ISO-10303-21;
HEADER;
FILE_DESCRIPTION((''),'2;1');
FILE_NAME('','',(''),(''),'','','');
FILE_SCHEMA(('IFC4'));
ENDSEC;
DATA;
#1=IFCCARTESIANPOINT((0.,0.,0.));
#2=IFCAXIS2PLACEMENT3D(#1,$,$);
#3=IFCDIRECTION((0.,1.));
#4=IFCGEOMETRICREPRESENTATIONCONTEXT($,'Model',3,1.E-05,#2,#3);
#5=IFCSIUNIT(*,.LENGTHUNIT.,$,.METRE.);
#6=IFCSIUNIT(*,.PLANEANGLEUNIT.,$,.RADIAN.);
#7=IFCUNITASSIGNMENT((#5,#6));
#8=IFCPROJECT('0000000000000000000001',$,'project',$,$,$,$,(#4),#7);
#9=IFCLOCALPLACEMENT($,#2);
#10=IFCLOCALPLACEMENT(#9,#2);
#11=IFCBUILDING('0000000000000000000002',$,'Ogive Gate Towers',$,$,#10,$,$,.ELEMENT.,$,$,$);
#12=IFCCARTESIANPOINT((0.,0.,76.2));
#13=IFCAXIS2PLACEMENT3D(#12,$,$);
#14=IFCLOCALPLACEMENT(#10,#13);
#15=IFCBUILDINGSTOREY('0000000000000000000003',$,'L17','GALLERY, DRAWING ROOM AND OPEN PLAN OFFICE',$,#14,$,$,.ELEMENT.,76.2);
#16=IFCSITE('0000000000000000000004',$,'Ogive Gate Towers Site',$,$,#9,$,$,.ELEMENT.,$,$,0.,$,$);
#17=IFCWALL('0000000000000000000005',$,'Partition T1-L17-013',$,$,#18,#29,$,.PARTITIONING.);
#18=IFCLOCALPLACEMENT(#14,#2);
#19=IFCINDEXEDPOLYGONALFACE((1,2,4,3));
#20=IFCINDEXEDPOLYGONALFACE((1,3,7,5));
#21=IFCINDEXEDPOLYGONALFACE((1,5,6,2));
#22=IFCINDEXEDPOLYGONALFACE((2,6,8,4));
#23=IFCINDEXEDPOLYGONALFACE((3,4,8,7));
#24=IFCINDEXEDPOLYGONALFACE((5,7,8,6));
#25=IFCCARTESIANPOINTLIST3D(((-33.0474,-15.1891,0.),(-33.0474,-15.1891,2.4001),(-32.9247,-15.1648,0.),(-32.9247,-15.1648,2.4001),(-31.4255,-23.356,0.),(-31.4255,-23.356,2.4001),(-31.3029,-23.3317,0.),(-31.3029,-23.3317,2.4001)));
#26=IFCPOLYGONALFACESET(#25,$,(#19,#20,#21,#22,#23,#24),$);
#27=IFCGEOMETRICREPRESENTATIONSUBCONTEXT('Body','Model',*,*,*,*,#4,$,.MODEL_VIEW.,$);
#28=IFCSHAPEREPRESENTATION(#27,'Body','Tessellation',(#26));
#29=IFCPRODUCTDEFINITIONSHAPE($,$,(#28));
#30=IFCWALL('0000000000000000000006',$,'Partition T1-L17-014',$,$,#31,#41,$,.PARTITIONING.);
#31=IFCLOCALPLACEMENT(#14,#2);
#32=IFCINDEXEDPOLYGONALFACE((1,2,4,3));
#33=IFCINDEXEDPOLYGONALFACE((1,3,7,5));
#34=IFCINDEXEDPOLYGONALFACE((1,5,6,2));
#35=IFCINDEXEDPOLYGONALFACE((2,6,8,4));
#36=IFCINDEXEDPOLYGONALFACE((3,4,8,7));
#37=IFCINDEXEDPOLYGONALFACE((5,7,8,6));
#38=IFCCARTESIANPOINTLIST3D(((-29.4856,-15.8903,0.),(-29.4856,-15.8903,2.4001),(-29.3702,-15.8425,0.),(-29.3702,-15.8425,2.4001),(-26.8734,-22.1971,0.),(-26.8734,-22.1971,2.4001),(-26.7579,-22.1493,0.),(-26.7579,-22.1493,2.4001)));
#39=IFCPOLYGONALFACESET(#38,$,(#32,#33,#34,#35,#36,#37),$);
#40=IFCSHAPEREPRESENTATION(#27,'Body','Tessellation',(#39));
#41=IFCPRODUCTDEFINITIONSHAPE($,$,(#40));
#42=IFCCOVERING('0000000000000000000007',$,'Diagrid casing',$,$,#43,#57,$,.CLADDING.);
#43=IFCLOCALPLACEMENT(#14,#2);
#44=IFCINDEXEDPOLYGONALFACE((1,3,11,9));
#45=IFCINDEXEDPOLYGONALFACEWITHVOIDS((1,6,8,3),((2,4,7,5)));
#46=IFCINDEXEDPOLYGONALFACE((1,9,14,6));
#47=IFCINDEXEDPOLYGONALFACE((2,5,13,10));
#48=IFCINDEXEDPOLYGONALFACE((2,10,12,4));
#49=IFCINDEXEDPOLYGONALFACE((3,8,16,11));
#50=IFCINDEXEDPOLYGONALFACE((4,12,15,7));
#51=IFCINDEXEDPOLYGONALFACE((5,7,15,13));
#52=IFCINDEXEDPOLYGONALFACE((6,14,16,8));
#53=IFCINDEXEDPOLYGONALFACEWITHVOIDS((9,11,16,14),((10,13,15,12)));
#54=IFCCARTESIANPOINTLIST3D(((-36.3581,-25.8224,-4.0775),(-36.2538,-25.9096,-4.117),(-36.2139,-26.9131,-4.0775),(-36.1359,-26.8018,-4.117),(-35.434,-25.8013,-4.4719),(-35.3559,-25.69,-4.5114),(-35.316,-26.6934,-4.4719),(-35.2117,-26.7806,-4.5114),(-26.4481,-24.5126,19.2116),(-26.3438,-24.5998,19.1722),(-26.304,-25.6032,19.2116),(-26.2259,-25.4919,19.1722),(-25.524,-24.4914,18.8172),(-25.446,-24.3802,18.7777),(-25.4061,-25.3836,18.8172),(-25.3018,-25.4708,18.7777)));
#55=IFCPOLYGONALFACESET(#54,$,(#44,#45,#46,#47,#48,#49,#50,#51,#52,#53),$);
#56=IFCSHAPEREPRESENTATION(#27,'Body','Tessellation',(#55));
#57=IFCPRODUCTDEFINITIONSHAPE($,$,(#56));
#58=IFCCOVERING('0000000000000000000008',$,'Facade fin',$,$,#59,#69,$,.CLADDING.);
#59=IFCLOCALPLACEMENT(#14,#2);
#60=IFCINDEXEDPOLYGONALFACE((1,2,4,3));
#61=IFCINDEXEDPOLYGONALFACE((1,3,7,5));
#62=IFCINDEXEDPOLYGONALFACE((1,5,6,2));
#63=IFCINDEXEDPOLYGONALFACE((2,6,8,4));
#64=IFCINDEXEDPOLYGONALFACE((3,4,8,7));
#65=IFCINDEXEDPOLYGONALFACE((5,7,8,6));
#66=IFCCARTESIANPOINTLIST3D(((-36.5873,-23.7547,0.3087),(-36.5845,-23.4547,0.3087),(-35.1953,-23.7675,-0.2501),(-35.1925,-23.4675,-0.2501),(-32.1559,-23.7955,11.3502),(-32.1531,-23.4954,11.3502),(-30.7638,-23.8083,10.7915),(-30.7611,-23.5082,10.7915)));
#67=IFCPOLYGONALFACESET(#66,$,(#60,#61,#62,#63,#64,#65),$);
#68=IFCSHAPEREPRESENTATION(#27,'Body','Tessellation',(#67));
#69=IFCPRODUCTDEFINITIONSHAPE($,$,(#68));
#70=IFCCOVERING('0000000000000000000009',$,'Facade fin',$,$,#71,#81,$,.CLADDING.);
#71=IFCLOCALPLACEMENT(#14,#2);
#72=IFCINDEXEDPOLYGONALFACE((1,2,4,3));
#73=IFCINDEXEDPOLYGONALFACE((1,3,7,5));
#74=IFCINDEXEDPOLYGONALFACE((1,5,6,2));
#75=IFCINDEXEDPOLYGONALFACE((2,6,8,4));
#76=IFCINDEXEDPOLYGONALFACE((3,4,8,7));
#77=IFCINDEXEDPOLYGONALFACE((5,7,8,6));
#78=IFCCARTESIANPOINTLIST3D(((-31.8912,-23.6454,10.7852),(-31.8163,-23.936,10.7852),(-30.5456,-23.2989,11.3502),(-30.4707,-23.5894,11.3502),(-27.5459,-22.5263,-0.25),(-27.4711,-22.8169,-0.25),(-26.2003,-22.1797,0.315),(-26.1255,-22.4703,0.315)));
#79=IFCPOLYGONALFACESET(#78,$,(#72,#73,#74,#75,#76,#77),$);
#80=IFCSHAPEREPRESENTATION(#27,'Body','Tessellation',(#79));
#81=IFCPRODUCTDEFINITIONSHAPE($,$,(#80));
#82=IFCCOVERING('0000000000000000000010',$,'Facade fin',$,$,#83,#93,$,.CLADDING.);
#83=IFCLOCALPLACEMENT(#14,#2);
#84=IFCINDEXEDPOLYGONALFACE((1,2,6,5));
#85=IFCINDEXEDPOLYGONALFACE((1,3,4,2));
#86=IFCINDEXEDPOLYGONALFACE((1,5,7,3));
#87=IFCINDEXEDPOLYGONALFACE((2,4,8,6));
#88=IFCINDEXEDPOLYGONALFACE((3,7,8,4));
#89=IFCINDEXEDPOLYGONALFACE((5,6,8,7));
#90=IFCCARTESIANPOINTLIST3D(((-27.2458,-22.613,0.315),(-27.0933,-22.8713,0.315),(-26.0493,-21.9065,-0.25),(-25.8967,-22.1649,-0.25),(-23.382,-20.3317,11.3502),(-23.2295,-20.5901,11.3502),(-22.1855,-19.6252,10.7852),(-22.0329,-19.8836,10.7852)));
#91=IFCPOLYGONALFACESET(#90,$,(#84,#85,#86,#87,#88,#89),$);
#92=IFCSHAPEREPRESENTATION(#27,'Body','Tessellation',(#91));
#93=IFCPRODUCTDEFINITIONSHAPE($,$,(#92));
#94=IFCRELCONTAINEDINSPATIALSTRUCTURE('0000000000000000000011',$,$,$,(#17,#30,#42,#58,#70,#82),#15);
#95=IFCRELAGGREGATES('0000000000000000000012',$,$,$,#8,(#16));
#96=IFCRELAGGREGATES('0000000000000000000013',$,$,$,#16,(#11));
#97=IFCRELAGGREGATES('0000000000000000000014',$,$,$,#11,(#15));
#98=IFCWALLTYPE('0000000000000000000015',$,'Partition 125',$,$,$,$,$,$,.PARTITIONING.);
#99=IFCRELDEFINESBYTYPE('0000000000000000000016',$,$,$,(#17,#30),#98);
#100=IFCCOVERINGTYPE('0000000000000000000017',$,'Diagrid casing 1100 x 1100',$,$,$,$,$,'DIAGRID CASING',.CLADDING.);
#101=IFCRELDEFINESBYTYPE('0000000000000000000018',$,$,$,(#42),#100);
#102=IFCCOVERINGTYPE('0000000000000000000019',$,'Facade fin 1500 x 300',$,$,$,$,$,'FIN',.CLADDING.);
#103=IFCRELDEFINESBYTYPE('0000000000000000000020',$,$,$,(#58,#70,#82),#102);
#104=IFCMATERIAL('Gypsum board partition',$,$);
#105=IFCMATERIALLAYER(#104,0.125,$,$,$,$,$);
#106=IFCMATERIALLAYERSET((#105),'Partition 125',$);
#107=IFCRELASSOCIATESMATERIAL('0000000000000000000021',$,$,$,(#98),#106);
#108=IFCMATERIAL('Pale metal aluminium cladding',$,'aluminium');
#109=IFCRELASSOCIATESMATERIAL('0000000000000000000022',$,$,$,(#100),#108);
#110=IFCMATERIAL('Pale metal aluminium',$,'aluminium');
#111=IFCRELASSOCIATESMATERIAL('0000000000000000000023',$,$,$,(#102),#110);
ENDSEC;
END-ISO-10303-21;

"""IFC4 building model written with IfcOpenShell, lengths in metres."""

from ifc_helpers import new_model, si_unit, direction, frame, frame_2d, origin, origin_2d, place, context, subcontext, project, spatial, rectangle, hollow_rectangle, extrude, material, layer, layer_set, material_profile, profile_set, type_object, element, save


model = new_model("IFC4")

# Units and contexts
model_context = context("Model", 3, precision=1e-05, world=origin(), true_north=direction((0.0, 1.0)))
body_context = subcontext(model_context, "Body", "Model", "MODEL_VIEW")
ifc_project = project(units=[si_unit("LENGTHUNIT", "METRE"), si_unit("PLANEANGLEUNIT", "RADIAN")], contexts=[model_context])

# Site, building, storey
site_placement = place(None, origin())
site = spatial("IfcSite", under=ifc_project, at=site_placement, Name="Ogive Gate Towers Site", CompositionType="ELEMENT", RefElevation=0.0)
building_placement = place(site_placement, origin())
building = spatial("IfcBuilding", under=site, at=building_placement, Name="Ogive Gate Towers", CompositionType="ELEMENT")
storey_placement = place(building_placement, frame((0.0, 0.0, 76.2)))
storey = spatial("IfcBuildingStorey", under=building, at=storey_placement, Name="L17", Description="GALLERY, DRAWING ROOM AND OPEN PLAN OFFICE", CompositionType="ELEMENT", Elevation=76.2)

# Shared definitions
ifc_material_1 = material(Name="Pale metal aluminium", Category="aluminium")

# Walls
ifc_material_2 = material(Name="Gypsum board partition")
ifc_layer_1 = layer(ifc_material_2, 0.125)
ifc_layer_set_1 = layer_set([ifc_layer_1], Name="Partition 125")
wall_type = type_object("IfcWallType", Name="Partition 125", PredefinedType="PARTITIONING", material=ifc_layer_set_1)
wall_1_placement = place(storey_placement, frame((-31.3643, -23.3438, 0.0), z_axis=(0.0, 0.0, 1.0), x_axis=(-0.19478, 0.980847, 0.0)))
element("IfcWall", 1, at=wall_1_placement, inside=storey, type_object=wall_type, Name="Partition T1-L17-013", PredefinedType="PARTITIONING", context=body_context, shape_type="SweptSolid", body=[
    extrude(rectangle(XDim=8.3264, YDim=0.125, at=frame_2d((4.1631, 0.0))), origin(), (0.0, 0.0, 1.0), 2.4001),
])
wall_2_placement = place(storey_placement, frame((-26.8157, -22.1731, 0.0), z_axis=(0.0, 0.0, 1.0), x_axis=(-0.382672, 0.923884, 0.0)))
element("IfcWall", 2, at=wall_2_placement, inside=storey, type_object=wall_type, Name="Partition T1-L17-014", PredefinedType="PARTITIONING", context=body_context, shape_type="SweptSolid", body=[
    extrude(rectangle(XDim=6.8264, YDim=0.125, at=frame_2d((3.4131, 0.0))), origin(), (0.0, 0.0, 1.0), 2.4001),
])

# Coverings
ifc_material_3 = material(Name="Pale metal aluminium cladding", Category="aluminium")
ifc_material_profile_1 = material_profile(ifc_material_3, hollow_rectangle(XDim=1.1001, YDim=1.1001, WallThickness=0.1001, at=origin_2d()), Name="1100 x 1100 pale metal casing")
ifc_profile_set_1 = profile_set([ifc_material_profile_1], Name="Pale metal aluminium cladding")
covering_type_1 = type_object("IfcCoveringType", Name="Diagrid casing 1100 x 1100", ElementType="DIAGRID CASING", PredefinedType="CLADDING", material=ifc_profile_set_1)
covering_1_placement = place(storey_placement, frame((-35.7849, -26.3015, -4.2944), z_axis=(0.391021, 0.051682, 0.91893), x_axis=(-0.131033, 0.991378, 0.0)))
element("IfcCovering", 3, at=covering_1_placement, inside=storey, type_object=covering_type_1, Name="Diagrid casing", PredefinedType="CLADDING", context=body_context, shape_type="SweptSolid", body=[
    extrude(hollow_rectangle(XDim=1.1001, YDim=1.1001, WallThickness=0.1001, at=origin_2d()), origin(), (0.0, 0.0, 1.0), 25.3438),
])
ifc_material_profile_2 = material_profile(ifc_material_1, rectangle(XDim=0.3, YDim=1.5, at=origin_2d()), Name="1500 x 300 pale metal aluminium")
ifc_profile_set_2 = profile_set([ifc_material_profile_2], Name="Pale metal aluminium")
covering_type_2 = type_object("IfcCoveringType", Name="Facade fin 1500 x 300", ElementType="FIN", PredefinedType="CLADDING", material=ifc_profile_set_2)
covering_2_placement = place(storey_placement, frame((-35.8899, -23.6111, 0.0293), z_axis=(0.37246, -0.003427, 0.928042), x_axis=(0.0092, 0.999958, 0.0)))
element("IfcCovering", 4, at=covering_2_placement, inside=storey, type_object=covering_type_2, Name="Facade fin", PredefinedType="CLADDING", context=body_context, shape_type="SweptSolid", body=[
    extrude(rectangle(XDim=0.3, YDim=1.5, at=origin_2d()), origin(), (0.0, 0.0, 1.0), 11.8977),
])
for number, where, z_axis, x_axis, name in (
    (5, (-26.8357, -22.4983, 0.0325), (-0.36476, -0.093947, 0.92635), (0.249417, -0.968396, 0.0), "Facade fin"),
    (6, (-26.5713, -22.3889, 0.0325), (0.324346, 0.191501, 0.926352), (-0.508418, 0.861111, 0.0), "Facade fin"),
):
    element("IfcCovering", number, at=place(storey_placement, frame(where, z_axis=z_axis, x_axis=x_axis)), inside=storey, type_object=covering_type_2, Name=name, PredefinedType="CLADDING", context=body_context, shape_type="SweptSolid", body=[
        extrude(rectangle(XDim=0.3, YDim=1.5, at=origin_2d()), origin(), (0.0, 0.0, 1.0), 11.9126),
    ])

save(model, "model.ifc")
